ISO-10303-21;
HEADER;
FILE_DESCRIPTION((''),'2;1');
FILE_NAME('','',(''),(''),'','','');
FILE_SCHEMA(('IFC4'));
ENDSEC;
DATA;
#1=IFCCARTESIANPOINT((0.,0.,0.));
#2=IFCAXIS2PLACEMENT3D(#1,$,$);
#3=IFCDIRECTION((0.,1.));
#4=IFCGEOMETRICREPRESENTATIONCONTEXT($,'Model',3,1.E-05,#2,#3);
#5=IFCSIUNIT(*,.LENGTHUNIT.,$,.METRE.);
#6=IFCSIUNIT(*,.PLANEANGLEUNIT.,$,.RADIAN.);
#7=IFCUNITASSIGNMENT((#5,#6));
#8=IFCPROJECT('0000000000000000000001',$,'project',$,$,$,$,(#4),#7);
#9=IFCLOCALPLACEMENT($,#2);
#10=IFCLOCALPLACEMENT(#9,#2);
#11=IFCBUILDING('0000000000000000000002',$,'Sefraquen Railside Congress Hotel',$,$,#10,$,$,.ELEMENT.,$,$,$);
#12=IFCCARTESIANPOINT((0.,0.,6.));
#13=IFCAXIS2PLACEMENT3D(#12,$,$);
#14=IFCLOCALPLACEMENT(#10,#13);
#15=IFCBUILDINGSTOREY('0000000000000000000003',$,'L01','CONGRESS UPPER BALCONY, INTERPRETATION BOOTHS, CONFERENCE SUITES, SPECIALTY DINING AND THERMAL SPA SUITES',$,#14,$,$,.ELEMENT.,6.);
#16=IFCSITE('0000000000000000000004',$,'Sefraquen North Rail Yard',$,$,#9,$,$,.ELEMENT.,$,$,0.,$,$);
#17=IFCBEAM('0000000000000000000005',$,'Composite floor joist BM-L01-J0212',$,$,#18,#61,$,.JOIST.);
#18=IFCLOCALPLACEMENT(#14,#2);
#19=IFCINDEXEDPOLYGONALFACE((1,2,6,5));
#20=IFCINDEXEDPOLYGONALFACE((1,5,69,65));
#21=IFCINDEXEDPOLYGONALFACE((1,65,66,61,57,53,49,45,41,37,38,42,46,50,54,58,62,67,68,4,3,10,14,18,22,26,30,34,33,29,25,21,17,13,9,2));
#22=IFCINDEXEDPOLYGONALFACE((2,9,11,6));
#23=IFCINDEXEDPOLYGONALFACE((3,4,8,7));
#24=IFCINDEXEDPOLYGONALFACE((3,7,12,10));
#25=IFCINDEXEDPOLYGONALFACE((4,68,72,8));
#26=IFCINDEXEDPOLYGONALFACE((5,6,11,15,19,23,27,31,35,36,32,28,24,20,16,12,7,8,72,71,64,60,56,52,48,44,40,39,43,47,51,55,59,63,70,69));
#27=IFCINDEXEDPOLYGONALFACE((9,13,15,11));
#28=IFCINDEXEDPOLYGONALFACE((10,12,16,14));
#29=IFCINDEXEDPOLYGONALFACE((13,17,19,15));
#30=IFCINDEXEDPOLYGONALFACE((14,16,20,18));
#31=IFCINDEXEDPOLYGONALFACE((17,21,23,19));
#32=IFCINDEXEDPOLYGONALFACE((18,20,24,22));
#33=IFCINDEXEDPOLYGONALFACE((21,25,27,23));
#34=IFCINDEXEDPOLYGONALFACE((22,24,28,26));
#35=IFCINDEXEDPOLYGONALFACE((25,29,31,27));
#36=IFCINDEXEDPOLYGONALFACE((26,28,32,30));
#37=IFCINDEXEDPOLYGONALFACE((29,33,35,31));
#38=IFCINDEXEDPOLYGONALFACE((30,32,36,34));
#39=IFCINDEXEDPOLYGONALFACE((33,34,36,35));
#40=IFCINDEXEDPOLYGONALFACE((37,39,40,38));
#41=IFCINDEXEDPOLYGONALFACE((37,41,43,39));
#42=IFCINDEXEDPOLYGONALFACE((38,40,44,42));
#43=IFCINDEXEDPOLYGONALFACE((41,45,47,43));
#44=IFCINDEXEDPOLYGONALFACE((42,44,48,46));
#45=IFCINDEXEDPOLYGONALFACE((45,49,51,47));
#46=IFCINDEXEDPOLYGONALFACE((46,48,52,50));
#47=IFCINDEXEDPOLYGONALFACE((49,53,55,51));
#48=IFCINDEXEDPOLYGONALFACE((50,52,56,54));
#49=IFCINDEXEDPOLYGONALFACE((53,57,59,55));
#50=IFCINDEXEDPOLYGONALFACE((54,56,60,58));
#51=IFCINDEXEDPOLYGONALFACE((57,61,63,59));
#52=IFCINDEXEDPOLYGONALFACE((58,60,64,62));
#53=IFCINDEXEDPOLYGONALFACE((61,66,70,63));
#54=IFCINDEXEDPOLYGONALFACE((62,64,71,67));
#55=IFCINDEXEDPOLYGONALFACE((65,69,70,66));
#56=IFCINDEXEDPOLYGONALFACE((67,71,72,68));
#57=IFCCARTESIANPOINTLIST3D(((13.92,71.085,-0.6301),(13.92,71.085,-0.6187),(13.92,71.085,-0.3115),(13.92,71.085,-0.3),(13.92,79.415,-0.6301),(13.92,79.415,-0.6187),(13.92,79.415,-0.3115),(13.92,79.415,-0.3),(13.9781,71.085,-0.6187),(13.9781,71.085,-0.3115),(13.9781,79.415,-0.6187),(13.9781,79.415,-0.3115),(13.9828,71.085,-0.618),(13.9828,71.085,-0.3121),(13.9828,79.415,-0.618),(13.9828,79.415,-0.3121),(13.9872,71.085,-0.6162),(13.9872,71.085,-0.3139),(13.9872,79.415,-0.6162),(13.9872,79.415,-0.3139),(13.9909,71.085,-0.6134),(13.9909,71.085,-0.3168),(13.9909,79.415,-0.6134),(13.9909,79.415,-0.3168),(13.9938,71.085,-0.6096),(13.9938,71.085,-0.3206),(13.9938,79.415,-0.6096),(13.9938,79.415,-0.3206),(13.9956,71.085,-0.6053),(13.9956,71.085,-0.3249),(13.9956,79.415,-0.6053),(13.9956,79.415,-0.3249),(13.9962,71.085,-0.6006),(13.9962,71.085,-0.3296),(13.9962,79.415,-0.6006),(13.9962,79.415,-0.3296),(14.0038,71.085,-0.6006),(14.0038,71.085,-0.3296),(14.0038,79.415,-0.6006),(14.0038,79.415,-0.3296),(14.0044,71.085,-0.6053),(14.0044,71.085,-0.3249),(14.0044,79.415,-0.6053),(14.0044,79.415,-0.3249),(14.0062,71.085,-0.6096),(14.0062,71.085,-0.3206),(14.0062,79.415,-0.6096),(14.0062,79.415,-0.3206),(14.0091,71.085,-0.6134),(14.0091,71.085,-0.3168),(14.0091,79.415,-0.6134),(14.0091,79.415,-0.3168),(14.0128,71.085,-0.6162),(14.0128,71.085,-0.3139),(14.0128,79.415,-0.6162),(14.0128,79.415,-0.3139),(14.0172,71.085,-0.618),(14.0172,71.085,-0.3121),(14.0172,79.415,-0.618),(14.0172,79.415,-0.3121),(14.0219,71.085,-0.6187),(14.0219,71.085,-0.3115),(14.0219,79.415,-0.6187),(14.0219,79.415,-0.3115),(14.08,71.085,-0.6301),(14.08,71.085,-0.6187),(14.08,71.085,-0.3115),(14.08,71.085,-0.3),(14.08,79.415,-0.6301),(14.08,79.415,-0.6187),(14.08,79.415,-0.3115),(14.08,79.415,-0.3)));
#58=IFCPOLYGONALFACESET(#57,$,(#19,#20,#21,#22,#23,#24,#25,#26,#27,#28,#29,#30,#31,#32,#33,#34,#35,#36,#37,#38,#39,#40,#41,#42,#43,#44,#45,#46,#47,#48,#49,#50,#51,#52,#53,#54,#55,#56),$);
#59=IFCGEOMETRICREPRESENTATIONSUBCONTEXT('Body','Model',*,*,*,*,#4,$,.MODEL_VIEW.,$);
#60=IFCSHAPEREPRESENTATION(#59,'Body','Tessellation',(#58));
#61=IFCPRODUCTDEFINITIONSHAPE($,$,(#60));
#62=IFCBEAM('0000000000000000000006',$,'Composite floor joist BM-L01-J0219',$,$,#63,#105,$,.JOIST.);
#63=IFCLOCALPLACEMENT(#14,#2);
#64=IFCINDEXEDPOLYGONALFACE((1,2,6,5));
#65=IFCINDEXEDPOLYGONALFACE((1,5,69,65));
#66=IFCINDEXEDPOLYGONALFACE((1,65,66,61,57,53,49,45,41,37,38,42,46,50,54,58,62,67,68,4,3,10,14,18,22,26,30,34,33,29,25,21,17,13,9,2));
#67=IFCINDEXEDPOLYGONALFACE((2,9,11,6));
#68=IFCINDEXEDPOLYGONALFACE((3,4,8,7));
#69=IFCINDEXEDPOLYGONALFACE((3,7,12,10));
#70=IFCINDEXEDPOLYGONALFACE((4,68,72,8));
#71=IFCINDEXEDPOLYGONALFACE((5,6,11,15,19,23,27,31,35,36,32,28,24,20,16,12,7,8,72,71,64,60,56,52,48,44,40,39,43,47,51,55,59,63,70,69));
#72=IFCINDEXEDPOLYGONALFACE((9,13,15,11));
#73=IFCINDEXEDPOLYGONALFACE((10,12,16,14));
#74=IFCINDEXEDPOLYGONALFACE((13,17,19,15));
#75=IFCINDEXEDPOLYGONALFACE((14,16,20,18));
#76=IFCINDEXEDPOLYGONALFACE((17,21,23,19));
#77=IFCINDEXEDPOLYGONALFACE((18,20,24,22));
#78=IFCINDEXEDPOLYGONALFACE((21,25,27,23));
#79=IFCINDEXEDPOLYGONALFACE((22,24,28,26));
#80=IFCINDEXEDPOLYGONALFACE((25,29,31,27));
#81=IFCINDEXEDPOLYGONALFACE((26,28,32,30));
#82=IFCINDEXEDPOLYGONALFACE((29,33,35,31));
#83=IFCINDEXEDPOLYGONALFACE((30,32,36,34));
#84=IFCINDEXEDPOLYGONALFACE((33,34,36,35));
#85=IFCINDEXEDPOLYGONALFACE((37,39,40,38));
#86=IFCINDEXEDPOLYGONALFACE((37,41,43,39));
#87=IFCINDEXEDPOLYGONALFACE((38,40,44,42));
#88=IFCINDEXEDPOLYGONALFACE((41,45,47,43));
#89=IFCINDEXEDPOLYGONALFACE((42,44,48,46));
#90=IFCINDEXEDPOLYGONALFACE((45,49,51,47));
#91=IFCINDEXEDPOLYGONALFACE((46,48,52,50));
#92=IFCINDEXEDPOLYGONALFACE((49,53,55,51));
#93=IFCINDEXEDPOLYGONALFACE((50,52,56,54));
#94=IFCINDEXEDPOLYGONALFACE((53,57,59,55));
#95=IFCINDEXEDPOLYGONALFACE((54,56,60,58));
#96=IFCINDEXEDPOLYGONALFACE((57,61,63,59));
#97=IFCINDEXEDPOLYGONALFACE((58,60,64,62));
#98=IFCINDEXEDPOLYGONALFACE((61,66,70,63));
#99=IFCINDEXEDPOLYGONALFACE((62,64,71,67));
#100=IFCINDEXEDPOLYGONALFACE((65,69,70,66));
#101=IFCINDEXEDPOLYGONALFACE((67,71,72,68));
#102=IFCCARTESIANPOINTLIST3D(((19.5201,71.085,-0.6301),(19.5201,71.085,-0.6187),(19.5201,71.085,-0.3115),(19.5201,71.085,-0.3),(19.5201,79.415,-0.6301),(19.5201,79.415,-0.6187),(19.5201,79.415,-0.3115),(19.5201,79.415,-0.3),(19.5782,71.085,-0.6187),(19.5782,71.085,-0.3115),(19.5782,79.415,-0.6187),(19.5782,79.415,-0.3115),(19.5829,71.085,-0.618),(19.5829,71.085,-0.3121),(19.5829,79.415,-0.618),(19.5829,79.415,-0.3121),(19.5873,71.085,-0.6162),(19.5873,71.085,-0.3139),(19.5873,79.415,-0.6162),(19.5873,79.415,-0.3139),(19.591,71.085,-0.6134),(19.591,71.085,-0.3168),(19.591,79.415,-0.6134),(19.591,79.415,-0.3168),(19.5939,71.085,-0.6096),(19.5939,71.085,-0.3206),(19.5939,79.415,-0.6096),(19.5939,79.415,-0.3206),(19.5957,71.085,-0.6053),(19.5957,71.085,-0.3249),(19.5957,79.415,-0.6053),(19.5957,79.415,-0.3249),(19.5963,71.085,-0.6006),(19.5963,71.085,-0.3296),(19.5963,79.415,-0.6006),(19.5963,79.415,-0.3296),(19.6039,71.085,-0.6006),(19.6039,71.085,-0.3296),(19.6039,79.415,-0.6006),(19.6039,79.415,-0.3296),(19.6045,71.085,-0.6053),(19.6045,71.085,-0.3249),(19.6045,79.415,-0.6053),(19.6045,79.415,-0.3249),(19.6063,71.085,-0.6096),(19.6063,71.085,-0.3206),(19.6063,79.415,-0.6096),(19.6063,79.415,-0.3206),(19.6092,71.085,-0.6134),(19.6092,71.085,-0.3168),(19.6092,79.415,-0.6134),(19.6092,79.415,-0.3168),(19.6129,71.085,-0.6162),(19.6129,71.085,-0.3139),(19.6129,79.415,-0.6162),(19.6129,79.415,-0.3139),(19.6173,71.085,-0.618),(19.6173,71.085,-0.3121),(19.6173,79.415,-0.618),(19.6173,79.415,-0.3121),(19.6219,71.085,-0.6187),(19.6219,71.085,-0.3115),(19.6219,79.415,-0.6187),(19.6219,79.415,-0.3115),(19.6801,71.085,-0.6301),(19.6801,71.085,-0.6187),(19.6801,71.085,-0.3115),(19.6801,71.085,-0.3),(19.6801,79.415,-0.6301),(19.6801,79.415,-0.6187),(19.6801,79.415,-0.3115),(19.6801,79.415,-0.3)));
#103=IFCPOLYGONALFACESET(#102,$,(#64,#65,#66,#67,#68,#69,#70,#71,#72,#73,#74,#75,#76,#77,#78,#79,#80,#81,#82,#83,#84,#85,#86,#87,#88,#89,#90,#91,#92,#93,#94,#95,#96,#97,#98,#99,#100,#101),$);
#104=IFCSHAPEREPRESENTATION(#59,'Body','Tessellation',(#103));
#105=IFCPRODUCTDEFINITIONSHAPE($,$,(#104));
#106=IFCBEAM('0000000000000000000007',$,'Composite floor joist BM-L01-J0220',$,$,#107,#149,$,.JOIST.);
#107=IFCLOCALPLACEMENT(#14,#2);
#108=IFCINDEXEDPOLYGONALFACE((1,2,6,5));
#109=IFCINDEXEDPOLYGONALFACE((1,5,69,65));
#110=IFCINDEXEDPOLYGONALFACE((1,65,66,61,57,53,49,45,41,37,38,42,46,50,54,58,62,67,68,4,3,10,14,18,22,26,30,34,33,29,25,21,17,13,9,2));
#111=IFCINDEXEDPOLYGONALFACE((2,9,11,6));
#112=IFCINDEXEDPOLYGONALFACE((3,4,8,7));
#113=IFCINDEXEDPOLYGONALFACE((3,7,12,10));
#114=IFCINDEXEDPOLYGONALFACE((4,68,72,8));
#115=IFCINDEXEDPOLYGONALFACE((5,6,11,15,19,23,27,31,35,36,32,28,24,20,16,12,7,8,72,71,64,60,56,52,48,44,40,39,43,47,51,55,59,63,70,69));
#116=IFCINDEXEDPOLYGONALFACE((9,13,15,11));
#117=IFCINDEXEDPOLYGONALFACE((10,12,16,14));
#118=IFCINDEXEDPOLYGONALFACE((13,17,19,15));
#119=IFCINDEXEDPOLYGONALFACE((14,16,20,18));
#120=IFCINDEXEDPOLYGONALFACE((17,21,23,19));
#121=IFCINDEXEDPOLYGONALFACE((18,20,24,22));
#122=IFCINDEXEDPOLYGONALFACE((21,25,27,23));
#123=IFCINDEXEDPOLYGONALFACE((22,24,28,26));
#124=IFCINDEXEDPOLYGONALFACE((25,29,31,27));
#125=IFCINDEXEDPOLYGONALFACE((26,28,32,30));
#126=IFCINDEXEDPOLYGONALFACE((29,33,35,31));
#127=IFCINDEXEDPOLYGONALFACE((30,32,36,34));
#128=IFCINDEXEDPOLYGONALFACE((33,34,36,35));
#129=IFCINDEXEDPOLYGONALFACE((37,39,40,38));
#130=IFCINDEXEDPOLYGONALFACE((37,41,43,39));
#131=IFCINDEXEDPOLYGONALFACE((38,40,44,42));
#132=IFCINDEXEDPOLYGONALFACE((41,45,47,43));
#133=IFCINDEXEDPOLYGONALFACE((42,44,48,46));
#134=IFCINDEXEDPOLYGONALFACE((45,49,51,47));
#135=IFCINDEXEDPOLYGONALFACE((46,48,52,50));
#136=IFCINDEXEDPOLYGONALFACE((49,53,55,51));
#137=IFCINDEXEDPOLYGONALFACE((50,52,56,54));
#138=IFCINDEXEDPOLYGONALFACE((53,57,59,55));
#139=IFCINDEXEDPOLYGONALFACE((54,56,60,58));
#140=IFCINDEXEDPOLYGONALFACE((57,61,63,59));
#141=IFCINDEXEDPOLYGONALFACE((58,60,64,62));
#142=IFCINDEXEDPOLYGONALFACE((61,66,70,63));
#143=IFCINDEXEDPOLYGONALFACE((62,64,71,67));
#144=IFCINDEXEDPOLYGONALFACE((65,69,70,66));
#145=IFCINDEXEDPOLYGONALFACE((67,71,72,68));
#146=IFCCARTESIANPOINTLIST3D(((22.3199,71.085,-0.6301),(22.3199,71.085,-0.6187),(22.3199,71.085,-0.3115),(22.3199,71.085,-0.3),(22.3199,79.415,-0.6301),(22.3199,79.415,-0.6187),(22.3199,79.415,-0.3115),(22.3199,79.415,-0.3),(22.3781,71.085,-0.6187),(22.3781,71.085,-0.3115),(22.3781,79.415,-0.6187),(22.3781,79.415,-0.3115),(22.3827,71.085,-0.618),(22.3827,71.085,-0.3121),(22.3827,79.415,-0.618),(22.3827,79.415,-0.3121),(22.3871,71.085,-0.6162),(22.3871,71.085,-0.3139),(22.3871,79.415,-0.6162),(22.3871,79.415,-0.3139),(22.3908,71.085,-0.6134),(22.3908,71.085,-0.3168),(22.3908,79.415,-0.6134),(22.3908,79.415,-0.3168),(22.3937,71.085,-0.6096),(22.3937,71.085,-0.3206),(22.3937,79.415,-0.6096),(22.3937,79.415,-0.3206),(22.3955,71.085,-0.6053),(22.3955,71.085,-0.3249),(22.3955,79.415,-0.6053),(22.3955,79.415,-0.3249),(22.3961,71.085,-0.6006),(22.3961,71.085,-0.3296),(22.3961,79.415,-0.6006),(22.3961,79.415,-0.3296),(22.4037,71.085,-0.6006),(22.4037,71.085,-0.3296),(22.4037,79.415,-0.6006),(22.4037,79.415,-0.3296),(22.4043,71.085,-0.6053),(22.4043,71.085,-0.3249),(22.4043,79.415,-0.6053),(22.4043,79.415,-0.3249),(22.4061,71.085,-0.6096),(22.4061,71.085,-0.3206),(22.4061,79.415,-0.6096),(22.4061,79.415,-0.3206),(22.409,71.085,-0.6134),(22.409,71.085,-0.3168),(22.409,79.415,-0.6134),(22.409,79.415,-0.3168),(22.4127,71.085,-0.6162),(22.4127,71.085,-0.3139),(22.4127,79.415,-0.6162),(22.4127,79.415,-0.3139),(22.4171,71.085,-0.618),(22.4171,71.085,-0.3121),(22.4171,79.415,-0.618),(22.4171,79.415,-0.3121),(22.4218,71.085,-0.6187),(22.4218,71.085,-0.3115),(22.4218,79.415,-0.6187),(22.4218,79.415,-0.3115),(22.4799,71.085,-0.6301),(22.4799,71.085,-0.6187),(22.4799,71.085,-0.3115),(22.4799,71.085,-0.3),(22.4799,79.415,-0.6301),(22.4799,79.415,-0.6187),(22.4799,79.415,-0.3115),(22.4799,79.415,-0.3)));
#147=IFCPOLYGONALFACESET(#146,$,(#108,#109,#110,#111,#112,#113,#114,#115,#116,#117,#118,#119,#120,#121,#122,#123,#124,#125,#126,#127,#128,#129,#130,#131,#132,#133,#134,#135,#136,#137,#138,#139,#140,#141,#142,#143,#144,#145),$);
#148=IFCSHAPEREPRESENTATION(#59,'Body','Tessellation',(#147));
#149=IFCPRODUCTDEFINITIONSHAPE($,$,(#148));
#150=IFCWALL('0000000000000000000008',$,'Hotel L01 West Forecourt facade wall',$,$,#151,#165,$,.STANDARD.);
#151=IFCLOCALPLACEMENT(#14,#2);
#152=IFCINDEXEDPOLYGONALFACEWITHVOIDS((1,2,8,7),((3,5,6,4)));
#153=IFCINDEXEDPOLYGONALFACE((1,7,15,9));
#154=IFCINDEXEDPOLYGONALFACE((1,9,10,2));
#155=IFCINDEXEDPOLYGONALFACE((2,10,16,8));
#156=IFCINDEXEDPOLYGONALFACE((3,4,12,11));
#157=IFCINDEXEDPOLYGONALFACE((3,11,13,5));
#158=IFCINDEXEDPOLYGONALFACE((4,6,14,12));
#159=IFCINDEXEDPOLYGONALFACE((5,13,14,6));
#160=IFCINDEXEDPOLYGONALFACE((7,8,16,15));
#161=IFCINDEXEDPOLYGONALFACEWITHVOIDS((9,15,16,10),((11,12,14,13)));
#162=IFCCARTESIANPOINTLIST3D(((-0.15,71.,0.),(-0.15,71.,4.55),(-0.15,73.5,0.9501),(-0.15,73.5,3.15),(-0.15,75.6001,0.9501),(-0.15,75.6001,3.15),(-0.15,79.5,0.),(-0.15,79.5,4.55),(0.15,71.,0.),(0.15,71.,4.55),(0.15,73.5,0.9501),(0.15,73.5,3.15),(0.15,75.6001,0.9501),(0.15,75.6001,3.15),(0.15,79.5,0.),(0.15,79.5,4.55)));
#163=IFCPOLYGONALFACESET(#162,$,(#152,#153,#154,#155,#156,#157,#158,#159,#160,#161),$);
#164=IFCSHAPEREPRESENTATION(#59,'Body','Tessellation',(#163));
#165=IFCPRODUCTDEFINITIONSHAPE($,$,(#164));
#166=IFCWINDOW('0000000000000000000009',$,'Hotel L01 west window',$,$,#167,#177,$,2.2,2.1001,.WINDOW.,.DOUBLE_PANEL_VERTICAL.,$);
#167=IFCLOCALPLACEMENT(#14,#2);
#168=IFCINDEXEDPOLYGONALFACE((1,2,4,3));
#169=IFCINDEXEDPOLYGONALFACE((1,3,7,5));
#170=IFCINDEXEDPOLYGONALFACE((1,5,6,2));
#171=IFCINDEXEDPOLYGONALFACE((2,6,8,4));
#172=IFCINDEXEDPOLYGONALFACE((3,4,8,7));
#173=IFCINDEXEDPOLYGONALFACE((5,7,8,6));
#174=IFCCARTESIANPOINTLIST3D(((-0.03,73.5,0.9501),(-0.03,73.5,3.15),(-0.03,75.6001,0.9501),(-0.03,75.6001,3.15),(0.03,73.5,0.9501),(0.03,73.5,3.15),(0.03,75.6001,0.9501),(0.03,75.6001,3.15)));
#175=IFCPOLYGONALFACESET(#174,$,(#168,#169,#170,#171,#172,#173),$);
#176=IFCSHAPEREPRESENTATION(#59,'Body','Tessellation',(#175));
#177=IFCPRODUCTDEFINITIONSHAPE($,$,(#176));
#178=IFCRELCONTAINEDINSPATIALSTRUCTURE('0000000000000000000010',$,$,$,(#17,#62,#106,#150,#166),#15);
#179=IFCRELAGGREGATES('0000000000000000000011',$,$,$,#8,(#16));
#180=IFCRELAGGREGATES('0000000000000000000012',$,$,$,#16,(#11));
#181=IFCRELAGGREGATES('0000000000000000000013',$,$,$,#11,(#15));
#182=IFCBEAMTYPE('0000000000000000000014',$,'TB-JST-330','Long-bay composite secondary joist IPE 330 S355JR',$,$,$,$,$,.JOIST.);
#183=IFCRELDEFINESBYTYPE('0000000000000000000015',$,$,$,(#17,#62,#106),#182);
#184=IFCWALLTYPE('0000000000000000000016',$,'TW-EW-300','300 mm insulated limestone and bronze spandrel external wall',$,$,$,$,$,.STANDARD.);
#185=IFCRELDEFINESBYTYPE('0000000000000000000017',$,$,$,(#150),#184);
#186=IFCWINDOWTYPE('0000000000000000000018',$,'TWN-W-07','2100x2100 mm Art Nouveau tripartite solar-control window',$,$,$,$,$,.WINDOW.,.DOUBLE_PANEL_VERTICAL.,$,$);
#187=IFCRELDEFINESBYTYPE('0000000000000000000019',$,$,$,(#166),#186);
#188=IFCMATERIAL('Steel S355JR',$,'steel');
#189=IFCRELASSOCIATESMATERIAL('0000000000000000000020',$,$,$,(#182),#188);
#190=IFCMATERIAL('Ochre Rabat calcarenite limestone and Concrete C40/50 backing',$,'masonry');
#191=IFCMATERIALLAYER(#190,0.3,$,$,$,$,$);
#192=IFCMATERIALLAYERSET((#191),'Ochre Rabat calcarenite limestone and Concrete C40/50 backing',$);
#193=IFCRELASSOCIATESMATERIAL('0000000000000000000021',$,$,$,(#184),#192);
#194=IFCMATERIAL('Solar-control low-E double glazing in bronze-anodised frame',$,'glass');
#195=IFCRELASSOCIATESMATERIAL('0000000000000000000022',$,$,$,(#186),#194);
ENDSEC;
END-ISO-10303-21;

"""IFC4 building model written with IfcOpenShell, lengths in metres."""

from ifc_helpers import new_model, si_unit, direction, frame, frame_2d, origin, origin_2d, place, context, subcontext, project, spatial, rectangle, i_section, extrude, material, layer, layer_set, material_profile, profile_set, type_object, element, fill, save


model = new_model("IFC4")

# Units and contexts
model_context = context("Model", 3, precision=1e-05, world=origin(), true_north=direction((0.0, 1.0)))
body_context = subcontext(model_context, "Body", "Model", "MODEL_VIEW")
ifc_project = project(units=[si_unit("LENGTHUNIT", "METRE"), si_unit("PLANEANGLEUNIT", "RADIAN")], contexts=[model_context])

# Site, building, storey
site_placement = place(None, origin())
site = spatial("IfcSite", under=ifc_project, at=site_placement, Name="Sefraquen North Rail Yard", CompositionType="ELEMENT", RefElevation=0.0)
building_placement = place(site_placement, origin())
building = spatial("IfcBuilding", under=site, at=building_placement, Name="Sefraquen Railside Congress Hotel", CompositionType="ELEMENT")
storey_placement = place(building_placement, frame((0.0, 0.0, 6.0)))
storey = spatial("IfcBuildingStorey", under=building, at=storey_placement, Name="L01", Description="CONGRESS UPPER BALCONY, INTERPRETATION BOOTHS, CONFERENCE SUITES, SPECIALTY DINING AND THERMAL SPA SUITES", CompositionType="ELEMENT", Elevation=6.0)

# Shared definitions
ifc_material_1 = material(Name="Steel S355JR", Category="steel")

# Beams
ifc_material_profile_1 = material_profile(ifc_material_1, i_section(OverallWidth=0.1599, OverallDepth=0.3301, WebThickness=0.0076, FlangeThickness=0.0115, FilletRadius=0.0181, at=origin_2d()), Name="IPE 330")
ifc_profile_set_1 = profile_set([ifc_material_profile_1], Name="Steel S355JR")
beam_type_1 = type_object("IfcBeamType", Name="TB-JST-330", Description="Long-bay composite secondary joist IPE 330 S355JR", PredefinedType="JOIST", material=ifc_profile_set_1)
for number, where, z_axis, x_axis, name in (
    (1, (14.0, 71.085, -0.4651), (0.0, 1.0, 0.0), (-1.0, 0.0, 0.0), "Composite floor joist BM-L01-J0212"),
    (2, (19.6001, 71.085, -0.4651), (0.0, 1.0, 0.0), (-1.0, 0.0, 0.0), "Composite floor joist BM-L01-J0219"),
    (3, (22.3999, 71.085, -0.4651), (0.0, 1.0, 0.0), (-1.0, 0.0, 0.0), "Composite floor joist BM-L01-J0220"),
):
    element("IfcBeam", number, at=place(storey_placement, frame(where, z_axis=z_axis, x_axis=x_axis)), inside=storey, type_object=beam_type_1, Name=name, PredefinedType="JOIST", context=body_context, shape_type="SweptSolid", body=[
        extrude(i_section(OverallWidth=0.1599, OverallDepth=0.3301, WebThickness=0.0076, FlangeThickness=0.0115, FilletRadius=0.0181, at=origin_2d()), origin(), (0.0, 0.0, 1.0), 8.3301),
    ])

# Wall, opening, window
ifc_material_2 = material(Name="Ochre Rabat calcarenite limestone and Concrete C40/50 backing", Category="masonry")
ifc_layer_1 = layer(ifc_material_2, 0.3)
ifc_layer_set_1 = layer_set([ifc_layer_1], Name="Ochre Rabat calcarenite limestone and Concrete C40/50 backing")
wall_type_1 = type_object("IfcWallType", Name="TW-EW-300", Description="300 mm insulated limestone and bronze spandrel external wall", PredefinedType="STANDARD", material=ifc_layer_set_1)
wall_1_placement = place(storey_placement, frame((0.0, 71.0, 0.0), z_axis=(0.0, 0.0, 1.0), x_axis=(0.0, 1.0, 0.0)))
wall_1 = element("IfcWall", 4, at=wall_1_placement, inside=storey, type_object=wall_type_1, Name="Hotel L01 West Forecourt facade wall", PredefinedType="STANDARD", context=body_context, shape_type="SweptSolid", body=[
    extrude(rectangle(XDim=8.5, YDim=0.3, at=frame_2d((4.25, 0.0))), origin(), (0.0, 0.0, 1.0), 4.55),
])
opening_1_placement = place(wall_1_placement, frame((2.5, 0.0, 0.95)))
opening_1 = element("IfcOpeningElement", 5, at=opening_1_placement, cuts=wall_1, PredefinedType="OPENING", context=body_context, shape_type="SweptSolid", body=[
    extrude(rectangle(XDim=2.1001, YDim=2.2, at=frame_2d((1.05, 1.1001))), frame((0.0, 0.1599, 0.0), z_axis=(0.0, -1.0, 0.0), x_axis=(1.0, 0.0, 0.0)), (0.0, 0.0, 1.0), 0.3201),
])
ifc_material_3 = material(Name="Solar-control low-E double glazing in bronze-anodised frame", Category="glass")
window_type = type_object("IfcWindowType", Name="TWN-W-07", Description="2100x2100 mm Art Nouveau tripartite solar-control window", PartitioningType="DOUBLE_PANEL_VERTICAL", PredefinedType="WINDOW", material=ifc_material_3)
window_1_placement = place(opening_1_placement, origin())
window_1 = element("IfcWindow", 6, at=window_1_placement, inside=storey, type_object=window_type, Name="Hotel L01 west window", OverallHeight=2.2, OverallWidth=2.1001, PartitioningType="DOUBLE_PANEL_VERTICAL", PredefinedType="WINDOW", context=body_context, shape_type="SweptSolid", body=[
    extrude(rectangle(XDim=2.1001, YDim=2.2, at=frame_2d((1.05, 1.1001))), frame((0.0, 0.03, 0.0), z_axis=(0.0, -1.0, 0.0), x_axis=(1.0, 0.0, 0.0)), (0.0, 0.0, 1.0), 0.0601),
])
fill(opening_1, window_1)

save(model, "model.ifc")
